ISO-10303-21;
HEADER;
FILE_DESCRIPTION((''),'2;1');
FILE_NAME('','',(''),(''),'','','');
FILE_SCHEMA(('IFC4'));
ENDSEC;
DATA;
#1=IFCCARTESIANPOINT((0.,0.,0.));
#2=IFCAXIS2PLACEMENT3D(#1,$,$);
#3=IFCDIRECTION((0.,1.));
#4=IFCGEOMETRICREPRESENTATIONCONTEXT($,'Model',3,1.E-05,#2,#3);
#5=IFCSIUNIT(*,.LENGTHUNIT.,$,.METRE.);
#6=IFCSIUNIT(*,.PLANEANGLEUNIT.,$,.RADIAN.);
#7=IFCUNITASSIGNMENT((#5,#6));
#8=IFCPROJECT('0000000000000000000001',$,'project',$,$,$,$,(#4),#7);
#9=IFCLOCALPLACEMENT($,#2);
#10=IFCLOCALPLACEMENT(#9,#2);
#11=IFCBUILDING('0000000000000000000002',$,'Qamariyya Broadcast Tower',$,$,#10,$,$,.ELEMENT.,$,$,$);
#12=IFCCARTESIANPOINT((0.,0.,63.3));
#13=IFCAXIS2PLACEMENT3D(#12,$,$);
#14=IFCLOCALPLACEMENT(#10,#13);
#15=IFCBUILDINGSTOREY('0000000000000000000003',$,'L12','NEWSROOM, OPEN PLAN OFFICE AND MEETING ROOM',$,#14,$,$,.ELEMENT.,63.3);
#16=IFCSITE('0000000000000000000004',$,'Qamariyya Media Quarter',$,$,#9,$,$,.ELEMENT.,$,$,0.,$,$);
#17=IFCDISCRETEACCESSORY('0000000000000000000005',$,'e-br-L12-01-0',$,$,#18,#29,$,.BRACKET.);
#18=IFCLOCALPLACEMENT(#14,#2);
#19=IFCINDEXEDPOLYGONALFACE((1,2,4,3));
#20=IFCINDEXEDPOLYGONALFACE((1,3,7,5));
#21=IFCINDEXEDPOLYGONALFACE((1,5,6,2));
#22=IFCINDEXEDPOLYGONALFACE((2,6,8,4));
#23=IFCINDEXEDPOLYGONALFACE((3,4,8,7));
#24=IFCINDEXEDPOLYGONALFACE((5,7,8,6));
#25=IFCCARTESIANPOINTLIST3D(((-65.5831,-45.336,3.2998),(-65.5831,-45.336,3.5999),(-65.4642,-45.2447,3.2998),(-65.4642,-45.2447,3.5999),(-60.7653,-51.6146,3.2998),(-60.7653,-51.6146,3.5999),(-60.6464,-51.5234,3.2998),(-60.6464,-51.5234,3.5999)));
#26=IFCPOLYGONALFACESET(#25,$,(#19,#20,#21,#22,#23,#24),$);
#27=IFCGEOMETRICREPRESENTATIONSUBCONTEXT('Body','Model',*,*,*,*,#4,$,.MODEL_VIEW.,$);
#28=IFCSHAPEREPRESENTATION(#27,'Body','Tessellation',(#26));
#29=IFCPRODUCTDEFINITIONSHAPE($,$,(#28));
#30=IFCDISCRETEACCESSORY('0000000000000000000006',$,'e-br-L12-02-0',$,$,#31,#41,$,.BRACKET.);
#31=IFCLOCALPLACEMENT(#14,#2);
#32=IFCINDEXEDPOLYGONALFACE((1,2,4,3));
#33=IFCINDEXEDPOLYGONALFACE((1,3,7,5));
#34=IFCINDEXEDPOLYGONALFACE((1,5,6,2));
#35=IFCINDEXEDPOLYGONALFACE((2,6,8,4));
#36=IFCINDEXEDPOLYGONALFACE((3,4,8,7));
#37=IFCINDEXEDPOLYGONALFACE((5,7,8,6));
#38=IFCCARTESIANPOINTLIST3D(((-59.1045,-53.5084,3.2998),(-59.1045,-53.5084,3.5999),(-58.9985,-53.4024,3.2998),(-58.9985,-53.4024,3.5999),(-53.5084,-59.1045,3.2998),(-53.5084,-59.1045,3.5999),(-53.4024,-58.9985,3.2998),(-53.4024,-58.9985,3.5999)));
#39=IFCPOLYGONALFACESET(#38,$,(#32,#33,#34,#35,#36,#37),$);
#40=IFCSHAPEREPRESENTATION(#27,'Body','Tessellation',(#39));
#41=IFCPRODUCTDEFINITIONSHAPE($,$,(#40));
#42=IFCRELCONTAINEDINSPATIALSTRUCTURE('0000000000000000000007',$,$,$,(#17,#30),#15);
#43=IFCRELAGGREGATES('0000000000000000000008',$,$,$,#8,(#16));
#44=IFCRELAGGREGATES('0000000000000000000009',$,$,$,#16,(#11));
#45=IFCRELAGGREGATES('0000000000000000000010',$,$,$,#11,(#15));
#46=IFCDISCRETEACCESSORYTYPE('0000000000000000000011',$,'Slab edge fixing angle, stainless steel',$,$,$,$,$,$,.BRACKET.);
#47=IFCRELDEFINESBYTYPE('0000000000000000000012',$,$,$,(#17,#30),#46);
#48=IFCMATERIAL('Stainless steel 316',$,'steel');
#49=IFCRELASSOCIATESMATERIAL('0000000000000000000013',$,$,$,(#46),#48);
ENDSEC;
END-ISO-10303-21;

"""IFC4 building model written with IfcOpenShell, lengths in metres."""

from ifc_helpers import new_model, si_unit, direction, frame, origin, origin_2d, place, context, subcontext, project, spatial, rectangle, extrude, material, type_object, element, save


model = new_model("IFC4")

# Units and contexts
model_context = context("Model", 3, precision=1e-05, world=origin(), true_north=direction((0.0, 1.0)))
body_context = subcontext(model_context, "Body", "Model", "MODEL_VIEW")
ifc_project = project(units=[si_unit("LENGTHUNIT", "METRE"), si_unit("PLANEANGLEUNIT", "RADIAN")], contexts=[model_context])

# Site, building, storey
site_placement = place(None, origin())
site = spatial("IfcSite", under=ifc_project, at=site_placement, Name="Qamariyya Media Quarter", CompositionType="ELEMENT", RefElevation=0.0)
building_placement = place(site_placement, origin())
building = spatial("IfcBuilding", under=site, at=building_placement, Name="Qamariyya Broadcast Tower", CompositionType="ELEMENT")
storey_placement = place(building_placement, frame((0.0, 0.0, 63.3)))
storey = spatial("IfcBuildingStorey", under=building, at=storey_placement, Name="L12", Description="NEWSROOM, OPEN PLAN OFFICE AND MEETING ROOM", CompositionType="ELEMENT", Elevation=63.3)

# Discrete accessories
ifc_material_1 = material(Name="Stainless steel 316", Category="steel")
discrete_accessory_type = type_object("IfcDiscreteAccessoryType", Name="Slab edge fixing angle, stainless steel", PredefinedType="BRACKET", material=ifc_material_1)
for number, where, z_axis, x_axis, name in (
    (1, (-63.1147, -48.4297, 3.2998), (0.0, 0.0, 1.0), (0.608761, -0.793353, 0.0), "e-br-L12-01-0"),
    (2, (-56.2534, -56.2534, 3.2998), (0.0, 0.0, 1.0), (0.707107, -0.707107, 0.0), "e-br-L12-02-0"),
):
    element("IfcDiscreteAccessory", number, at=place(storey_placement, frame(where, z_axis=z_axis, x_axis=x_axis)), inside=storey, type_object=discrete_accessory_type, Name=name, PredefinedType="BRACKET", context=body_context, shape_type="SweptSolid", body=[
        extrude(rectangle(XDim=7.9141, YDim=0.1499, at=origin_2d()), origin(), (0.0, 0.0, 1.0), 0.3),
    ])

save(model, "model.ifc")
